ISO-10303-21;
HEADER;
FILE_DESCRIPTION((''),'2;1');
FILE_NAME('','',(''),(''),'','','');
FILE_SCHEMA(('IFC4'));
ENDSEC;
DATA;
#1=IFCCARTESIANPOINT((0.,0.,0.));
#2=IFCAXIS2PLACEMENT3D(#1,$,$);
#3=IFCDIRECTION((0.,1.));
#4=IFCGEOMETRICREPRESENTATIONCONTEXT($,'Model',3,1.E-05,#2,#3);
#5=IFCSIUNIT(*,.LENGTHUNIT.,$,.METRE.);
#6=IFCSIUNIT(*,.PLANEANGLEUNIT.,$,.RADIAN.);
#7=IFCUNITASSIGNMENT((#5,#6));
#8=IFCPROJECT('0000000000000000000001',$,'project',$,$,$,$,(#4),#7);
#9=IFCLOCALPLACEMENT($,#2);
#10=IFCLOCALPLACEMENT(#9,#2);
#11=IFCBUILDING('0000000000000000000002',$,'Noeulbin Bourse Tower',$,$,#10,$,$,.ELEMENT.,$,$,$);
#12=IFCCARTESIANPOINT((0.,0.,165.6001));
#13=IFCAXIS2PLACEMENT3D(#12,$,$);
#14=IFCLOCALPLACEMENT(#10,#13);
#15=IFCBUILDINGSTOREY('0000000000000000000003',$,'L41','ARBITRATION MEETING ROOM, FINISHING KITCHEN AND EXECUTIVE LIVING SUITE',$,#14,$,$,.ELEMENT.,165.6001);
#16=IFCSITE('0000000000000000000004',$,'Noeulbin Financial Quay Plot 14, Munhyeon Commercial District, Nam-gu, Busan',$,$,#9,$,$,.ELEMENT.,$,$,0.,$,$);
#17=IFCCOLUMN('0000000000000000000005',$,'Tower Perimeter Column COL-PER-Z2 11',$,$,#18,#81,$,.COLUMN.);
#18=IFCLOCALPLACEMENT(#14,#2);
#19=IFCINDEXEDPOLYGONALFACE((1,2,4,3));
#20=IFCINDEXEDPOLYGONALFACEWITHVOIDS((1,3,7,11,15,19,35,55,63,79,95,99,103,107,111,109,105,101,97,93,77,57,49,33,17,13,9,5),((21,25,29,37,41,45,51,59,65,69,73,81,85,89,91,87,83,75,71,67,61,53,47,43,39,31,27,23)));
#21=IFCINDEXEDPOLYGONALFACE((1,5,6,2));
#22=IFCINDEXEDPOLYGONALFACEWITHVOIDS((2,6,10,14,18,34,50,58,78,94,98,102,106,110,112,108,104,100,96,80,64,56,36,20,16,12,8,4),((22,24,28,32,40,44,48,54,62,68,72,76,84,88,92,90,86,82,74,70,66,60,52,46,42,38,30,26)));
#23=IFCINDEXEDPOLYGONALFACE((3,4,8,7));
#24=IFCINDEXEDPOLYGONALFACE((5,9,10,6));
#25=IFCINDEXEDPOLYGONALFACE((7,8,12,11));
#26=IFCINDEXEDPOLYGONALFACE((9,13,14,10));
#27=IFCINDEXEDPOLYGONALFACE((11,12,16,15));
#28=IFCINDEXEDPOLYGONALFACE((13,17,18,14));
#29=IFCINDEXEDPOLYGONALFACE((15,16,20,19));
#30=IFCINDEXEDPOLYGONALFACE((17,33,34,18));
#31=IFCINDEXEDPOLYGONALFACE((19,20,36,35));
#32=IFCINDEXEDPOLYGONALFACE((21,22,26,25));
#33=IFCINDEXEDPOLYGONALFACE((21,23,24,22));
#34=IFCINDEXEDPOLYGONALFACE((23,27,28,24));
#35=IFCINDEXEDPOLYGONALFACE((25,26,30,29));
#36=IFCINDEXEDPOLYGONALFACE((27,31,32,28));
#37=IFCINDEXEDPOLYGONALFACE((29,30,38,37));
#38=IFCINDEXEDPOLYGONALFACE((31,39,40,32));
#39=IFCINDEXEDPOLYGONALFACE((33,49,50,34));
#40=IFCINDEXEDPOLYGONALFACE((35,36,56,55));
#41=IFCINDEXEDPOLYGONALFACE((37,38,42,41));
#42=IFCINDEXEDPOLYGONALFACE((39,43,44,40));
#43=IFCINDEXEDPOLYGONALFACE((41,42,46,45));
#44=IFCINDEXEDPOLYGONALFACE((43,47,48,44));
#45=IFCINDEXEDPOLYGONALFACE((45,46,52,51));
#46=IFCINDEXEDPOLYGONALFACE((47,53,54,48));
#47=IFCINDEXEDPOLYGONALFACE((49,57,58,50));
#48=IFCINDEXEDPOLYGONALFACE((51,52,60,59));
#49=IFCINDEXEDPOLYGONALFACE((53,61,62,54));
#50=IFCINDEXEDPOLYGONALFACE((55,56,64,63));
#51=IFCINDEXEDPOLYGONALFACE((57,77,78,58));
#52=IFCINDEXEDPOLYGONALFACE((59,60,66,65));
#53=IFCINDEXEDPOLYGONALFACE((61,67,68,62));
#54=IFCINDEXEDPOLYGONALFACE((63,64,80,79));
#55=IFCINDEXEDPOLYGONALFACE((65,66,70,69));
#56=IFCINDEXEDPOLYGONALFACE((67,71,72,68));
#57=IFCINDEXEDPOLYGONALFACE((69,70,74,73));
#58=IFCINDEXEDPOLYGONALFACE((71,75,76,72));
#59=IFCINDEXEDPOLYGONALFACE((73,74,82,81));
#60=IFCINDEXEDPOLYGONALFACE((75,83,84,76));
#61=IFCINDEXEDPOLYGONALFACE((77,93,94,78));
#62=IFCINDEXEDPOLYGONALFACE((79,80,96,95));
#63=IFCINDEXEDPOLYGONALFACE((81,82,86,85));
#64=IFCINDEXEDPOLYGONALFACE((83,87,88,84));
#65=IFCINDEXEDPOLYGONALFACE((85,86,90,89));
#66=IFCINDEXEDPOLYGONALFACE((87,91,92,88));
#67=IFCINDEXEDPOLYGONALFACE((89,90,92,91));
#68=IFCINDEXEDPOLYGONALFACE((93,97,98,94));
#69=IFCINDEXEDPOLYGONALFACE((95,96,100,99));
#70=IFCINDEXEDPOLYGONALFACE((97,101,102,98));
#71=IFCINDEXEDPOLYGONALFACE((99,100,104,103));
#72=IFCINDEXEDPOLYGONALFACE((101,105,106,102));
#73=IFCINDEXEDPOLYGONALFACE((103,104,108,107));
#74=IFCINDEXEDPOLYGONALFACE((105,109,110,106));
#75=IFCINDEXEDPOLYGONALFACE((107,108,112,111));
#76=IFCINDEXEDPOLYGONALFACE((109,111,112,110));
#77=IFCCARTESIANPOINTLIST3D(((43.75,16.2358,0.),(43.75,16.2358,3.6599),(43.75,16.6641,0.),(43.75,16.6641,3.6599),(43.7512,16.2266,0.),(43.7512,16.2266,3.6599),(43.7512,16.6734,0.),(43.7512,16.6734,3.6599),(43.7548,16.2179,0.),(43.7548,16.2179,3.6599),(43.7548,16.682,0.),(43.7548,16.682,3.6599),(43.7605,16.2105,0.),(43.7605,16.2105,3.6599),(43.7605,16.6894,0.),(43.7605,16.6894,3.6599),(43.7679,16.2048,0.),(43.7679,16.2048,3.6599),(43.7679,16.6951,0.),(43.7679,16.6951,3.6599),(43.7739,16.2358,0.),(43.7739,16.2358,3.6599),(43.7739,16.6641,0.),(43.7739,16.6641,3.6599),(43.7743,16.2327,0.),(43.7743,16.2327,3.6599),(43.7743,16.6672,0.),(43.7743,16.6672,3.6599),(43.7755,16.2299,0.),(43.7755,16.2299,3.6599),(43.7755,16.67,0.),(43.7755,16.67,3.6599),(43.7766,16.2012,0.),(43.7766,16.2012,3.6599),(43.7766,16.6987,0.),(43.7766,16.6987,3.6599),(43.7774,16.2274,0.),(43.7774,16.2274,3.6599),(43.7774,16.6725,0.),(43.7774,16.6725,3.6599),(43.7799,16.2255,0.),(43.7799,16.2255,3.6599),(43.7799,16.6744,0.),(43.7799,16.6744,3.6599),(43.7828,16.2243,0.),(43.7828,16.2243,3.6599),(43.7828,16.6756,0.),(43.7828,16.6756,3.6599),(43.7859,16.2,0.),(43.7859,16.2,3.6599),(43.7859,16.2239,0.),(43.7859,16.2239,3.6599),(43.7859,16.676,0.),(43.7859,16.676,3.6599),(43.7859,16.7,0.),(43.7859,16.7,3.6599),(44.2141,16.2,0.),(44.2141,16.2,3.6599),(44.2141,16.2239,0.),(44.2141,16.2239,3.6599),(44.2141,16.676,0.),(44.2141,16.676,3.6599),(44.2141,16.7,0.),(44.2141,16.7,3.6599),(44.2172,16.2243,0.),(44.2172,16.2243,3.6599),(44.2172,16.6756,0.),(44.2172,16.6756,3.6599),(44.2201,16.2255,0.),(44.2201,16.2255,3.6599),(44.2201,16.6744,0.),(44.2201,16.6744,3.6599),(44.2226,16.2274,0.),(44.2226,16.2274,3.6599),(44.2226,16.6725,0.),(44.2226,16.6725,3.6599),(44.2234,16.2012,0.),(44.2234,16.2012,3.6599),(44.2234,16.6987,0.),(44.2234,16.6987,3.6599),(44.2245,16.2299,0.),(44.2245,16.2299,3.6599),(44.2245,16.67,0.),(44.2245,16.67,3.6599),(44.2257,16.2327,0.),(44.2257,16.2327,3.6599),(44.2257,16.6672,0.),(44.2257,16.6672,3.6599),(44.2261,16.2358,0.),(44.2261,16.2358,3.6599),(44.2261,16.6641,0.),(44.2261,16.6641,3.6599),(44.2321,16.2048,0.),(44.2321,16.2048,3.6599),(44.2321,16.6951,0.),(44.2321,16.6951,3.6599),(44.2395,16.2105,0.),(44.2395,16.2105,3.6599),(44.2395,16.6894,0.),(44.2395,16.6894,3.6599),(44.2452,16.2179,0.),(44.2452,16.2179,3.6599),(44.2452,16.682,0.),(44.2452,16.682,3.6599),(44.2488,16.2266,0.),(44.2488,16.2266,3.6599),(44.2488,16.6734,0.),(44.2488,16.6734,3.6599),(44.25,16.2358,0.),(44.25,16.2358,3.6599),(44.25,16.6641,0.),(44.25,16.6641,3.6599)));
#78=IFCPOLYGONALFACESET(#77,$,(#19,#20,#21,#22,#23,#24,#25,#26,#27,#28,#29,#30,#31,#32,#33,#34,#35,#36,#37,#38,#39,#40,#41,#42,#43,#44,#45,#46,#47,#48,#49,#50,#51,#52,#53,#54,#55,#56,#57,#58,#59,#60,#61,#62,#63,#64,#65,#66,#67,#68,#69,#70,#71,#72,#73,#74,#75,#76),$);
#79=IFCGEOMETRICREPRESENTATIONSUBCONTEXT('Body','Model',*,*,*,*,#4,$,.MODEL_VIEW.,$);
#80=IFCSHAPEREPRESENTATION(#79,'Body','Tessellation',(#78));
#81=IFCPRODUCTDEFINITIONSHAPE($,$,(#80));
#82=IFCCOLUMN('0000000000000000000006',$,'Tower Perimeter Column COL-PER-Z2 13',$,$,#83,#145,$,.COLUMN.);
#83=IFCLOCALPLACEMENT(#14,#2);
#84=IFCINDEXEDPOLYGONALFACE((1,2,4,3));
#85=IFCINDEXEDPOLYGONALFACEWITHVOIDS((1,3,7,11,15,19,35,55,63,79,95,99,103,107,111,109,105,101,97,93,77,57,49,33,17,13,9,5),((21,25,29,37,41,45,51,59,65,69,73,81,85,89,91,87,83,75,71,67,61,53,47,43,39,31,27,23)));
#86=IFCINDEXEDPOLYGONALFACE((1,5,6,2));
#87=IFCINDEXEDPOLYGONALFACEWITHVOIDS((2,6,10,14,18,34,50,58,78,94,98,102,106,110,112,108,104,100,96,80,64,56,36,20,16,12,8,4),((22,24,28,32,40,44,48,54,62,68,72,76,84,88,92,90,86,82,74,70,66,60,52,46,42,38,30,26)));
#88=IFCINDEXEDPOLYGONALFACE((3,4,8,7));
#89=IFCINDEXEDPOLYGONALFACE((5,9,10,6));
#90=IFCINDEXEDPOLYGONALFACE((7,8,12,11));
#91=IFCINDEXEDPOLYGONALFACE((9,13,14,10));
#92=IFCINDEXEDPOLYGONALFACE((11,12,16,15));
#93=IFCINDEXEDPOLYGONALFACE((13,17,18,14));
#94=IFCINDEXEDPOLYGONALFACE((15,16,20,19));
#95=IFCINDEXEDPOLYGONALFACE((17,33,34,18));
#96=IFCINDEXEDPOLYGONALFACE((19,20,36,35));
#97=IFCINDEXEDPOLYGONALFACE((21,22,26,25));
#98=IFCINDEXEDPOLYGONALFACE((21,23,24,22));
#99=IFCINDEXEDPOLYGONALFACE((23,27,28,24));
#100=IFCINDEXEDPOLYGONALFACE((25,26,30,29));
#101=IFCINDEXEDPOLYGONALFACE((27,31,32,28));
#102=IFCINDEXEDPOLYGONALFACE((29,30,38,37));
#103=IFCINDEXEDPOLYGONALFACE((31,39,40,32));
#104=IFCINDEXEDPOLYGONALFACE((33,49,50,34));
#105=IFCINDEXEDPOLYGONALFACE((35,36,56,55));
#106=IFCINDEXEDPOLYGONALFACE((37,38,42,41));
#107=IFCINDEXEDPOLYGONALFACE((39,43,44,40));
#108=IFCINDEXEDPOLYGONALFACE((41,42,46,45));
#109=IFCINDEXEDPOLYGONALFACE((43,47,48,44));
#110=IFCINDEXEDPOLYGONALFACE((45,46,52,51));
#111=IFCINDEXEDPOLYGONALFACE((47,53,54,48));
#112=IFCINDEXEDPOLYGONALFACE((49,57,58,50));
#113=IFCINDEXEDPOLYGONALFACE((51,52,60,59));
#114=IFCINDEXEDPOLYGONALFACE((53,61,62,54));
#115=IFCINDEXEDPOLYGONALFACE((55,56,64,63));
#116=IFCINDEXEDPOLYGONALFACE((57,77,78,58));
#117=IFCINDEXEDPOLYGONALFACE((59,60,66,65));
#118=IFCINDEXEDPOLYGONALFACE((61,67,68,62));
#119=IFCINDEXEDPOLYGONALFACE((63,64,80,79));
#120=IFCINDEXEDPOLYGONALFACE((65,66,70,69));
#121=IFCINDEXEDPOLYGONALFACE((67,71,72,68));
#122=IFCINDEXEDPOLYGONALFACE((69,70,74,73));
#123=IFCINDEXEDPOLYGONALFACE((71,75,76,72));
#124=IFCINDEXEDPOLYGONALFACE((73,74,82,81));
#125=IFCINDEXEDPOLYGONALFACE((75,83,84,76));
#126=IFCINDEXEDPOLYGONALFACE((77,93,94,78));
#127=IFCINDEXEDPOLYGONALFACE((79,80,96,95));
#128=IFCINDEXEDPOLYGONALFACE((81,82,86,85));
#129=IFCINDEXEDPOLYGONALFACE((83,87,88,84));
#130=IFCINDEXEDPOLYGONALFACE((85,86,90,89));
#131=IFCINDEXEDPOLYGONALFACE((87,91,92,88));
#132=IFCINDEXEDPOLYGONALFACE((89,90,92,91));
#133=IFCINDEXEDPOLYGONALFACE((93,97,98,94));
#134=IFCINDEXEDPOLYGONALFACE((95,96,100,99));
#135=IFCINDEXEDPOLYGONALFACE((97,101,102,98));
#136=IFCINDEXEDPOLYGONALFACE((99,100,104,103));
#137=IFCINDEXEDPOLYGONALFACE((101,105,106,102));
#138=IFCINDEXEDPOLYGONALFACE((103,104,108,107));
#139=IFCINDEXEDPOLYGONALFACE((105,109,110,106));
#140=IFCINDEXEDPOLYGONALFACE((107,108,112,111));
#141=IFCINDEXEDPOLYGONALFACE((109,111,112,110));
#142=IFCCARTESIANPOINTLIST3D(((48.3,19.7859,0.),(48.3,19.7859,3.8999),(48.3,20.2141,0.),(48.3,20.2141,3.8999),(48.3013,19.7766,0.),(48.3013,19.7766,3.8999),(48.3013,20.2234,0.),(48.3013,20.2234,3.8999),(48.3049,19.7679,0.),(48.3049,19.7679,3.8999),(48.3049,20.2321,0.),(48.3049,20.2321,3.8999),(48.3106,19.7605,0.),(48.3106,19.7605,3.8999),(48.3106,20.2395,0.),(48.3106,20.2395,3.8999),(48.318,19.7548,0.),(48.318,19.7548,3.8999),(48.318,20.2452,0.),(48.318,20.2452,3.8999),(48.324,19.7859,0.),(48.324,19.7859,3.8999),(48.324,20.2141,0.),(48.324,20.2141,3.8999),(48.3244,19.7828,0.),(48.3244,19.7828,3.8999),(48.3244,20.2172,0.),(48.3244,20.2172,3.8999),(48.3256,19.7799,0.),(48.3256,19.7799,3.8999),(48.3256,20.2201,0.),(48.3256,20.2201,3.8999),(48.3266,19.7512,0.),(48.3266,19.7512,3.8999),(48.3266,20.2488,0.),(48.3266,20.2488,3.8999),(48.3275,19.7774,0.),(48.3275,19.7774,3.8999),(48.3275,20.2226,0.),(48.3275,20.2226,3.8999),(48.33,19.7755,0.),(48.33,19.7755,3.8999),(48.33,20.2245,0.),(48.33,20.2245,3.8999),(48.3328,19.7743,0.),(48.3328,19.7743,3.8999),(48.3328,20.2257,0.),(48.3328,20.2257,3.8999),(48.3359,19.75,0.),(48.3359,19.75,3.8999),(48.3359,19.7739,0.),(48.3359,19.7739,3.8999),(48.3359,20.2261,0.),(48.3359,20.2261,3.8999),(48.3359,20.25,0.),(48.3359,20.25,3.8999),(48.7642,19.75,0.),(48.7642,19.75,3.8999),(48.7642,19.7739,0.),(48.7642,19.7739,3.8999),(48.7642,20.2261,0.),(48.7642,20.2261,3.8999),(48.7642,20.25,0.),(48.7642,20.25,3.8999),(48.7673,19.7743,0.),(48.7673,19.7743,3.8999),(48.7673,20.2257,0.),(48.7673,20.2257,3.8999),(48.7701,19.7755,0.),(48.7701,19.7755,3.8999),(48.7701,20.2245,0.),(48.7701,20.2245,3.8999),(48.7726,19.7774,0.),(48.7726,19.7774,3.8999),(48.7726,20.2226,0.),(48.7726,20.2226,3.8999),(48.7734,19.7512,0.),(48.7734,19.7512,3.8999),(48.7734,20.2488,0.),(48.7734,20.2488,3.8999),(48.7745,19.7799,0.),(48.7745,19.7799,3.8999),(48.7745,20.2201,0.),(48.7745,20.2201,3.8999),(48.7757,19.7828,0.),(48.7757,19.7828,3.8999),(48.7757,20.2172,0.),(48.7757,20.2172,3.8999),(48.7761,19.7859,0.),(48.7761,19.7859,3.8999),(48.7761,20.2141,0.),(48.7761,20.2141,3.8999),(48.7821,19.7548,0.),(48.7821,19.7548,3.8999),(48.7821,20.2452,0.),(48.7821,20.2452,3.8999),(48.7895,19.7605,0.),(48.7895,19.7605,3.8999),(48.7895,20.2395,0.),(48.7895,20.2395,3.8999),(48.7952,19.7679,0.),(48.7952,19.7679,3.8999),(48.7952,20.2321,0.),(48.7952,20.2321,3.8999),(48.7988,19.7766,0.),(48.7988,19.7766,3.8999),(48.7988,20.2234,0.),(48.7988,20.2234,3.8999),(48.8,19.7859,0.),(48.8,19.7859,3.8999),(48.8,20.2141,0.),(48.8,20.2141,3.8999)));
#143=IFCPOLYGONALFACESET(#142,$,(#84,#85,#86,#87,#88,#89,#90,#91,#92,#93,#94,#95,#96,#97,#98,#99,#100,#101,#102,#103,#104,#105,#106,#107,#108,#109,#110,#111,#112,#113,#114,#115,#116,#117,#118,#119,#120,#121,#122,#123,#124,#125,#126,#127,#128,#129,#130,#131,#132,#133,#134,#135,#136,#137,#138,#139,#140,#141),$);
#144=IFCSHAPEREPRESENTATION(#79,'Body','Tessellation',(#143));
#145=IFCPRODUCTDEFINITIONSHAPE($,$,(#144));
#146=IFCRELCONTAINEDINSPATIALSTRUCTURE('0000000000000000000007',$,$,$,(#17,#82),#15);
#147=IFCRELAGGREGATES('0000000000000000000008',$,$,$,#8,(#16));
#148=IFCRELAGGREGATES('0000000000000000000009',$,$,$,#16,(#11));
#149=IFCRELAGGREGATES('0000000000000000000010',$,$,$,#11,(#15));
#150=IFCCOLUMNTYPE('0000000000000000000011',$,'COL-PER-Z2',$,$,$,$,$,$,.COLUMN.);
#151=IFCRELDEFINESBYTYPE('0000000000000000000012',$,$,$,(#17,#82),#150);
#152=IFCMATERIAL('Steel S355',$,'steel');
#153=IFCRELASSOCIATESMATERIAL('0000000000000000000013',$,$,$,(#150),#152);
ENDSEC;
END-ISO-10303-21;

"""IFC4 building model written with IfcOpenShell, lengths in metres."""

from ifc_helpers import new_model, si_unit, direction, frame, origin, origin_2d, place, context, subcontext, project, spatial, hollow_rectangle, extrude, material, material_profile, profile_set, type_object, element, save


model = new_model("IFC4")

# Units and contexts
model_context = context("Model", 3, precision=1e-05, world=origin(), true_north=direction((0.0, 1.0)))
body_context = subcontext(model_context, "Body", "Model", "MODEL_VIEW")
ifc_project = project(units=[si_unit("LENGTHUNIT", "METRE"), si_unit("PLANEANGLEUNIT", "RADIAN")], contexts=[model_context])

# Site, building, storey
site_placement = place(None, origin())
site = spatial("IfcSite", under=ifc_project, at=site_placement, Name="Noeulbin Financial Quay Plot 14, Munhyeon Commercial District, Nam-gu, Busan", CompositionType="ELEMENT", RefElevation=0.0)
building_placement = place(site_placement, origin())
building = spatial("IfcBuilding", under=site, at=building_placement, Name="Noeulbin Bourse Tower", CompositionType="ELEMENT")
storey_placement = place(building_placement, frame((0.0, 0.0, 165.6001)))
storey = spatial("IfcBuildingStorey", under=building, at=storey_placement, Name="L41", Description="ARBITRATION MEETING ROOM, FINISHING KITCHEN AND EXECUTIVE LIVING SUITE", CompositionType="ELEMENT", Elevation=165.6001)

# Columns
ifc_material_1 = material(Name="Steel S355", Category="steel")
ifc_material_profile_1 = material_profile(ifc_material_1, hollow_rectangle(XDim=0.5, YDim=0.5, WallThickness=0.0239, InnerFilletRadius=0.012, OuterFilletRadius=0.0359, at=origin_2d()), Name="BOX-500x500x24", Category="LoadBearing")
ifc_profile_set_1 = profile_set([ifc_material_profile_1], Name="Steel S355")
column_type_1 = type_object("IfcColumnType", Name="COL-PER-Z2", PredefinedType="COLUMN", material=ifc_profile_set_1)
column_1_placement = place(storey_placement, frame((44.0, 16.45, 0.0), z_axis=(0.0, 0.0, 1.0), x_axis=(1.0, 0.0, 0.0)))
element("IfcColumn", 1, at=column_1_placement, inside=storey, type_object=column_type_1, Name="Tower Perimeter Column COL-PER-Z2 11", PredefinedType="COLUMN", context=body_context, shape_type="SweptSolid", body=[
    extrude(hollow_rectangle(XDim=0.5, YDim=0.5, WallThickness=0.0239, InnerFilletRadius=0.012, OuterFilletRadius=0.0359, at=origin_2d()), origin(), (0.0, 0.0, 1.0), 3.6599),
])
column_2_placement = place(storey_placement, frame((48.55, 20.0, 0.0), z_axis=(0.0, 0.0, 1.0), x_axis=(1.0, 0.0, 0.0)))
element("IfcColumn", 2, at=column_2_placement, inside=storey, type_object=column_type_1, Name="Tower Perimeter Column COL-PER-Z2 13", PredefinedType="COLUMN", context=body_context, shape_type="SweptSolid", body=[
    extrude(hollow_rectangle(XDim=0.5, YDim=0.5, WallThickness=0.0239, InnerFilletRadius=0.012, OuterFilletRadius=0.0359, at=origin_2d()), origin(), (0.0, 0.0, 1.0), 3.8999),
])

save(model, "model.ifc")
